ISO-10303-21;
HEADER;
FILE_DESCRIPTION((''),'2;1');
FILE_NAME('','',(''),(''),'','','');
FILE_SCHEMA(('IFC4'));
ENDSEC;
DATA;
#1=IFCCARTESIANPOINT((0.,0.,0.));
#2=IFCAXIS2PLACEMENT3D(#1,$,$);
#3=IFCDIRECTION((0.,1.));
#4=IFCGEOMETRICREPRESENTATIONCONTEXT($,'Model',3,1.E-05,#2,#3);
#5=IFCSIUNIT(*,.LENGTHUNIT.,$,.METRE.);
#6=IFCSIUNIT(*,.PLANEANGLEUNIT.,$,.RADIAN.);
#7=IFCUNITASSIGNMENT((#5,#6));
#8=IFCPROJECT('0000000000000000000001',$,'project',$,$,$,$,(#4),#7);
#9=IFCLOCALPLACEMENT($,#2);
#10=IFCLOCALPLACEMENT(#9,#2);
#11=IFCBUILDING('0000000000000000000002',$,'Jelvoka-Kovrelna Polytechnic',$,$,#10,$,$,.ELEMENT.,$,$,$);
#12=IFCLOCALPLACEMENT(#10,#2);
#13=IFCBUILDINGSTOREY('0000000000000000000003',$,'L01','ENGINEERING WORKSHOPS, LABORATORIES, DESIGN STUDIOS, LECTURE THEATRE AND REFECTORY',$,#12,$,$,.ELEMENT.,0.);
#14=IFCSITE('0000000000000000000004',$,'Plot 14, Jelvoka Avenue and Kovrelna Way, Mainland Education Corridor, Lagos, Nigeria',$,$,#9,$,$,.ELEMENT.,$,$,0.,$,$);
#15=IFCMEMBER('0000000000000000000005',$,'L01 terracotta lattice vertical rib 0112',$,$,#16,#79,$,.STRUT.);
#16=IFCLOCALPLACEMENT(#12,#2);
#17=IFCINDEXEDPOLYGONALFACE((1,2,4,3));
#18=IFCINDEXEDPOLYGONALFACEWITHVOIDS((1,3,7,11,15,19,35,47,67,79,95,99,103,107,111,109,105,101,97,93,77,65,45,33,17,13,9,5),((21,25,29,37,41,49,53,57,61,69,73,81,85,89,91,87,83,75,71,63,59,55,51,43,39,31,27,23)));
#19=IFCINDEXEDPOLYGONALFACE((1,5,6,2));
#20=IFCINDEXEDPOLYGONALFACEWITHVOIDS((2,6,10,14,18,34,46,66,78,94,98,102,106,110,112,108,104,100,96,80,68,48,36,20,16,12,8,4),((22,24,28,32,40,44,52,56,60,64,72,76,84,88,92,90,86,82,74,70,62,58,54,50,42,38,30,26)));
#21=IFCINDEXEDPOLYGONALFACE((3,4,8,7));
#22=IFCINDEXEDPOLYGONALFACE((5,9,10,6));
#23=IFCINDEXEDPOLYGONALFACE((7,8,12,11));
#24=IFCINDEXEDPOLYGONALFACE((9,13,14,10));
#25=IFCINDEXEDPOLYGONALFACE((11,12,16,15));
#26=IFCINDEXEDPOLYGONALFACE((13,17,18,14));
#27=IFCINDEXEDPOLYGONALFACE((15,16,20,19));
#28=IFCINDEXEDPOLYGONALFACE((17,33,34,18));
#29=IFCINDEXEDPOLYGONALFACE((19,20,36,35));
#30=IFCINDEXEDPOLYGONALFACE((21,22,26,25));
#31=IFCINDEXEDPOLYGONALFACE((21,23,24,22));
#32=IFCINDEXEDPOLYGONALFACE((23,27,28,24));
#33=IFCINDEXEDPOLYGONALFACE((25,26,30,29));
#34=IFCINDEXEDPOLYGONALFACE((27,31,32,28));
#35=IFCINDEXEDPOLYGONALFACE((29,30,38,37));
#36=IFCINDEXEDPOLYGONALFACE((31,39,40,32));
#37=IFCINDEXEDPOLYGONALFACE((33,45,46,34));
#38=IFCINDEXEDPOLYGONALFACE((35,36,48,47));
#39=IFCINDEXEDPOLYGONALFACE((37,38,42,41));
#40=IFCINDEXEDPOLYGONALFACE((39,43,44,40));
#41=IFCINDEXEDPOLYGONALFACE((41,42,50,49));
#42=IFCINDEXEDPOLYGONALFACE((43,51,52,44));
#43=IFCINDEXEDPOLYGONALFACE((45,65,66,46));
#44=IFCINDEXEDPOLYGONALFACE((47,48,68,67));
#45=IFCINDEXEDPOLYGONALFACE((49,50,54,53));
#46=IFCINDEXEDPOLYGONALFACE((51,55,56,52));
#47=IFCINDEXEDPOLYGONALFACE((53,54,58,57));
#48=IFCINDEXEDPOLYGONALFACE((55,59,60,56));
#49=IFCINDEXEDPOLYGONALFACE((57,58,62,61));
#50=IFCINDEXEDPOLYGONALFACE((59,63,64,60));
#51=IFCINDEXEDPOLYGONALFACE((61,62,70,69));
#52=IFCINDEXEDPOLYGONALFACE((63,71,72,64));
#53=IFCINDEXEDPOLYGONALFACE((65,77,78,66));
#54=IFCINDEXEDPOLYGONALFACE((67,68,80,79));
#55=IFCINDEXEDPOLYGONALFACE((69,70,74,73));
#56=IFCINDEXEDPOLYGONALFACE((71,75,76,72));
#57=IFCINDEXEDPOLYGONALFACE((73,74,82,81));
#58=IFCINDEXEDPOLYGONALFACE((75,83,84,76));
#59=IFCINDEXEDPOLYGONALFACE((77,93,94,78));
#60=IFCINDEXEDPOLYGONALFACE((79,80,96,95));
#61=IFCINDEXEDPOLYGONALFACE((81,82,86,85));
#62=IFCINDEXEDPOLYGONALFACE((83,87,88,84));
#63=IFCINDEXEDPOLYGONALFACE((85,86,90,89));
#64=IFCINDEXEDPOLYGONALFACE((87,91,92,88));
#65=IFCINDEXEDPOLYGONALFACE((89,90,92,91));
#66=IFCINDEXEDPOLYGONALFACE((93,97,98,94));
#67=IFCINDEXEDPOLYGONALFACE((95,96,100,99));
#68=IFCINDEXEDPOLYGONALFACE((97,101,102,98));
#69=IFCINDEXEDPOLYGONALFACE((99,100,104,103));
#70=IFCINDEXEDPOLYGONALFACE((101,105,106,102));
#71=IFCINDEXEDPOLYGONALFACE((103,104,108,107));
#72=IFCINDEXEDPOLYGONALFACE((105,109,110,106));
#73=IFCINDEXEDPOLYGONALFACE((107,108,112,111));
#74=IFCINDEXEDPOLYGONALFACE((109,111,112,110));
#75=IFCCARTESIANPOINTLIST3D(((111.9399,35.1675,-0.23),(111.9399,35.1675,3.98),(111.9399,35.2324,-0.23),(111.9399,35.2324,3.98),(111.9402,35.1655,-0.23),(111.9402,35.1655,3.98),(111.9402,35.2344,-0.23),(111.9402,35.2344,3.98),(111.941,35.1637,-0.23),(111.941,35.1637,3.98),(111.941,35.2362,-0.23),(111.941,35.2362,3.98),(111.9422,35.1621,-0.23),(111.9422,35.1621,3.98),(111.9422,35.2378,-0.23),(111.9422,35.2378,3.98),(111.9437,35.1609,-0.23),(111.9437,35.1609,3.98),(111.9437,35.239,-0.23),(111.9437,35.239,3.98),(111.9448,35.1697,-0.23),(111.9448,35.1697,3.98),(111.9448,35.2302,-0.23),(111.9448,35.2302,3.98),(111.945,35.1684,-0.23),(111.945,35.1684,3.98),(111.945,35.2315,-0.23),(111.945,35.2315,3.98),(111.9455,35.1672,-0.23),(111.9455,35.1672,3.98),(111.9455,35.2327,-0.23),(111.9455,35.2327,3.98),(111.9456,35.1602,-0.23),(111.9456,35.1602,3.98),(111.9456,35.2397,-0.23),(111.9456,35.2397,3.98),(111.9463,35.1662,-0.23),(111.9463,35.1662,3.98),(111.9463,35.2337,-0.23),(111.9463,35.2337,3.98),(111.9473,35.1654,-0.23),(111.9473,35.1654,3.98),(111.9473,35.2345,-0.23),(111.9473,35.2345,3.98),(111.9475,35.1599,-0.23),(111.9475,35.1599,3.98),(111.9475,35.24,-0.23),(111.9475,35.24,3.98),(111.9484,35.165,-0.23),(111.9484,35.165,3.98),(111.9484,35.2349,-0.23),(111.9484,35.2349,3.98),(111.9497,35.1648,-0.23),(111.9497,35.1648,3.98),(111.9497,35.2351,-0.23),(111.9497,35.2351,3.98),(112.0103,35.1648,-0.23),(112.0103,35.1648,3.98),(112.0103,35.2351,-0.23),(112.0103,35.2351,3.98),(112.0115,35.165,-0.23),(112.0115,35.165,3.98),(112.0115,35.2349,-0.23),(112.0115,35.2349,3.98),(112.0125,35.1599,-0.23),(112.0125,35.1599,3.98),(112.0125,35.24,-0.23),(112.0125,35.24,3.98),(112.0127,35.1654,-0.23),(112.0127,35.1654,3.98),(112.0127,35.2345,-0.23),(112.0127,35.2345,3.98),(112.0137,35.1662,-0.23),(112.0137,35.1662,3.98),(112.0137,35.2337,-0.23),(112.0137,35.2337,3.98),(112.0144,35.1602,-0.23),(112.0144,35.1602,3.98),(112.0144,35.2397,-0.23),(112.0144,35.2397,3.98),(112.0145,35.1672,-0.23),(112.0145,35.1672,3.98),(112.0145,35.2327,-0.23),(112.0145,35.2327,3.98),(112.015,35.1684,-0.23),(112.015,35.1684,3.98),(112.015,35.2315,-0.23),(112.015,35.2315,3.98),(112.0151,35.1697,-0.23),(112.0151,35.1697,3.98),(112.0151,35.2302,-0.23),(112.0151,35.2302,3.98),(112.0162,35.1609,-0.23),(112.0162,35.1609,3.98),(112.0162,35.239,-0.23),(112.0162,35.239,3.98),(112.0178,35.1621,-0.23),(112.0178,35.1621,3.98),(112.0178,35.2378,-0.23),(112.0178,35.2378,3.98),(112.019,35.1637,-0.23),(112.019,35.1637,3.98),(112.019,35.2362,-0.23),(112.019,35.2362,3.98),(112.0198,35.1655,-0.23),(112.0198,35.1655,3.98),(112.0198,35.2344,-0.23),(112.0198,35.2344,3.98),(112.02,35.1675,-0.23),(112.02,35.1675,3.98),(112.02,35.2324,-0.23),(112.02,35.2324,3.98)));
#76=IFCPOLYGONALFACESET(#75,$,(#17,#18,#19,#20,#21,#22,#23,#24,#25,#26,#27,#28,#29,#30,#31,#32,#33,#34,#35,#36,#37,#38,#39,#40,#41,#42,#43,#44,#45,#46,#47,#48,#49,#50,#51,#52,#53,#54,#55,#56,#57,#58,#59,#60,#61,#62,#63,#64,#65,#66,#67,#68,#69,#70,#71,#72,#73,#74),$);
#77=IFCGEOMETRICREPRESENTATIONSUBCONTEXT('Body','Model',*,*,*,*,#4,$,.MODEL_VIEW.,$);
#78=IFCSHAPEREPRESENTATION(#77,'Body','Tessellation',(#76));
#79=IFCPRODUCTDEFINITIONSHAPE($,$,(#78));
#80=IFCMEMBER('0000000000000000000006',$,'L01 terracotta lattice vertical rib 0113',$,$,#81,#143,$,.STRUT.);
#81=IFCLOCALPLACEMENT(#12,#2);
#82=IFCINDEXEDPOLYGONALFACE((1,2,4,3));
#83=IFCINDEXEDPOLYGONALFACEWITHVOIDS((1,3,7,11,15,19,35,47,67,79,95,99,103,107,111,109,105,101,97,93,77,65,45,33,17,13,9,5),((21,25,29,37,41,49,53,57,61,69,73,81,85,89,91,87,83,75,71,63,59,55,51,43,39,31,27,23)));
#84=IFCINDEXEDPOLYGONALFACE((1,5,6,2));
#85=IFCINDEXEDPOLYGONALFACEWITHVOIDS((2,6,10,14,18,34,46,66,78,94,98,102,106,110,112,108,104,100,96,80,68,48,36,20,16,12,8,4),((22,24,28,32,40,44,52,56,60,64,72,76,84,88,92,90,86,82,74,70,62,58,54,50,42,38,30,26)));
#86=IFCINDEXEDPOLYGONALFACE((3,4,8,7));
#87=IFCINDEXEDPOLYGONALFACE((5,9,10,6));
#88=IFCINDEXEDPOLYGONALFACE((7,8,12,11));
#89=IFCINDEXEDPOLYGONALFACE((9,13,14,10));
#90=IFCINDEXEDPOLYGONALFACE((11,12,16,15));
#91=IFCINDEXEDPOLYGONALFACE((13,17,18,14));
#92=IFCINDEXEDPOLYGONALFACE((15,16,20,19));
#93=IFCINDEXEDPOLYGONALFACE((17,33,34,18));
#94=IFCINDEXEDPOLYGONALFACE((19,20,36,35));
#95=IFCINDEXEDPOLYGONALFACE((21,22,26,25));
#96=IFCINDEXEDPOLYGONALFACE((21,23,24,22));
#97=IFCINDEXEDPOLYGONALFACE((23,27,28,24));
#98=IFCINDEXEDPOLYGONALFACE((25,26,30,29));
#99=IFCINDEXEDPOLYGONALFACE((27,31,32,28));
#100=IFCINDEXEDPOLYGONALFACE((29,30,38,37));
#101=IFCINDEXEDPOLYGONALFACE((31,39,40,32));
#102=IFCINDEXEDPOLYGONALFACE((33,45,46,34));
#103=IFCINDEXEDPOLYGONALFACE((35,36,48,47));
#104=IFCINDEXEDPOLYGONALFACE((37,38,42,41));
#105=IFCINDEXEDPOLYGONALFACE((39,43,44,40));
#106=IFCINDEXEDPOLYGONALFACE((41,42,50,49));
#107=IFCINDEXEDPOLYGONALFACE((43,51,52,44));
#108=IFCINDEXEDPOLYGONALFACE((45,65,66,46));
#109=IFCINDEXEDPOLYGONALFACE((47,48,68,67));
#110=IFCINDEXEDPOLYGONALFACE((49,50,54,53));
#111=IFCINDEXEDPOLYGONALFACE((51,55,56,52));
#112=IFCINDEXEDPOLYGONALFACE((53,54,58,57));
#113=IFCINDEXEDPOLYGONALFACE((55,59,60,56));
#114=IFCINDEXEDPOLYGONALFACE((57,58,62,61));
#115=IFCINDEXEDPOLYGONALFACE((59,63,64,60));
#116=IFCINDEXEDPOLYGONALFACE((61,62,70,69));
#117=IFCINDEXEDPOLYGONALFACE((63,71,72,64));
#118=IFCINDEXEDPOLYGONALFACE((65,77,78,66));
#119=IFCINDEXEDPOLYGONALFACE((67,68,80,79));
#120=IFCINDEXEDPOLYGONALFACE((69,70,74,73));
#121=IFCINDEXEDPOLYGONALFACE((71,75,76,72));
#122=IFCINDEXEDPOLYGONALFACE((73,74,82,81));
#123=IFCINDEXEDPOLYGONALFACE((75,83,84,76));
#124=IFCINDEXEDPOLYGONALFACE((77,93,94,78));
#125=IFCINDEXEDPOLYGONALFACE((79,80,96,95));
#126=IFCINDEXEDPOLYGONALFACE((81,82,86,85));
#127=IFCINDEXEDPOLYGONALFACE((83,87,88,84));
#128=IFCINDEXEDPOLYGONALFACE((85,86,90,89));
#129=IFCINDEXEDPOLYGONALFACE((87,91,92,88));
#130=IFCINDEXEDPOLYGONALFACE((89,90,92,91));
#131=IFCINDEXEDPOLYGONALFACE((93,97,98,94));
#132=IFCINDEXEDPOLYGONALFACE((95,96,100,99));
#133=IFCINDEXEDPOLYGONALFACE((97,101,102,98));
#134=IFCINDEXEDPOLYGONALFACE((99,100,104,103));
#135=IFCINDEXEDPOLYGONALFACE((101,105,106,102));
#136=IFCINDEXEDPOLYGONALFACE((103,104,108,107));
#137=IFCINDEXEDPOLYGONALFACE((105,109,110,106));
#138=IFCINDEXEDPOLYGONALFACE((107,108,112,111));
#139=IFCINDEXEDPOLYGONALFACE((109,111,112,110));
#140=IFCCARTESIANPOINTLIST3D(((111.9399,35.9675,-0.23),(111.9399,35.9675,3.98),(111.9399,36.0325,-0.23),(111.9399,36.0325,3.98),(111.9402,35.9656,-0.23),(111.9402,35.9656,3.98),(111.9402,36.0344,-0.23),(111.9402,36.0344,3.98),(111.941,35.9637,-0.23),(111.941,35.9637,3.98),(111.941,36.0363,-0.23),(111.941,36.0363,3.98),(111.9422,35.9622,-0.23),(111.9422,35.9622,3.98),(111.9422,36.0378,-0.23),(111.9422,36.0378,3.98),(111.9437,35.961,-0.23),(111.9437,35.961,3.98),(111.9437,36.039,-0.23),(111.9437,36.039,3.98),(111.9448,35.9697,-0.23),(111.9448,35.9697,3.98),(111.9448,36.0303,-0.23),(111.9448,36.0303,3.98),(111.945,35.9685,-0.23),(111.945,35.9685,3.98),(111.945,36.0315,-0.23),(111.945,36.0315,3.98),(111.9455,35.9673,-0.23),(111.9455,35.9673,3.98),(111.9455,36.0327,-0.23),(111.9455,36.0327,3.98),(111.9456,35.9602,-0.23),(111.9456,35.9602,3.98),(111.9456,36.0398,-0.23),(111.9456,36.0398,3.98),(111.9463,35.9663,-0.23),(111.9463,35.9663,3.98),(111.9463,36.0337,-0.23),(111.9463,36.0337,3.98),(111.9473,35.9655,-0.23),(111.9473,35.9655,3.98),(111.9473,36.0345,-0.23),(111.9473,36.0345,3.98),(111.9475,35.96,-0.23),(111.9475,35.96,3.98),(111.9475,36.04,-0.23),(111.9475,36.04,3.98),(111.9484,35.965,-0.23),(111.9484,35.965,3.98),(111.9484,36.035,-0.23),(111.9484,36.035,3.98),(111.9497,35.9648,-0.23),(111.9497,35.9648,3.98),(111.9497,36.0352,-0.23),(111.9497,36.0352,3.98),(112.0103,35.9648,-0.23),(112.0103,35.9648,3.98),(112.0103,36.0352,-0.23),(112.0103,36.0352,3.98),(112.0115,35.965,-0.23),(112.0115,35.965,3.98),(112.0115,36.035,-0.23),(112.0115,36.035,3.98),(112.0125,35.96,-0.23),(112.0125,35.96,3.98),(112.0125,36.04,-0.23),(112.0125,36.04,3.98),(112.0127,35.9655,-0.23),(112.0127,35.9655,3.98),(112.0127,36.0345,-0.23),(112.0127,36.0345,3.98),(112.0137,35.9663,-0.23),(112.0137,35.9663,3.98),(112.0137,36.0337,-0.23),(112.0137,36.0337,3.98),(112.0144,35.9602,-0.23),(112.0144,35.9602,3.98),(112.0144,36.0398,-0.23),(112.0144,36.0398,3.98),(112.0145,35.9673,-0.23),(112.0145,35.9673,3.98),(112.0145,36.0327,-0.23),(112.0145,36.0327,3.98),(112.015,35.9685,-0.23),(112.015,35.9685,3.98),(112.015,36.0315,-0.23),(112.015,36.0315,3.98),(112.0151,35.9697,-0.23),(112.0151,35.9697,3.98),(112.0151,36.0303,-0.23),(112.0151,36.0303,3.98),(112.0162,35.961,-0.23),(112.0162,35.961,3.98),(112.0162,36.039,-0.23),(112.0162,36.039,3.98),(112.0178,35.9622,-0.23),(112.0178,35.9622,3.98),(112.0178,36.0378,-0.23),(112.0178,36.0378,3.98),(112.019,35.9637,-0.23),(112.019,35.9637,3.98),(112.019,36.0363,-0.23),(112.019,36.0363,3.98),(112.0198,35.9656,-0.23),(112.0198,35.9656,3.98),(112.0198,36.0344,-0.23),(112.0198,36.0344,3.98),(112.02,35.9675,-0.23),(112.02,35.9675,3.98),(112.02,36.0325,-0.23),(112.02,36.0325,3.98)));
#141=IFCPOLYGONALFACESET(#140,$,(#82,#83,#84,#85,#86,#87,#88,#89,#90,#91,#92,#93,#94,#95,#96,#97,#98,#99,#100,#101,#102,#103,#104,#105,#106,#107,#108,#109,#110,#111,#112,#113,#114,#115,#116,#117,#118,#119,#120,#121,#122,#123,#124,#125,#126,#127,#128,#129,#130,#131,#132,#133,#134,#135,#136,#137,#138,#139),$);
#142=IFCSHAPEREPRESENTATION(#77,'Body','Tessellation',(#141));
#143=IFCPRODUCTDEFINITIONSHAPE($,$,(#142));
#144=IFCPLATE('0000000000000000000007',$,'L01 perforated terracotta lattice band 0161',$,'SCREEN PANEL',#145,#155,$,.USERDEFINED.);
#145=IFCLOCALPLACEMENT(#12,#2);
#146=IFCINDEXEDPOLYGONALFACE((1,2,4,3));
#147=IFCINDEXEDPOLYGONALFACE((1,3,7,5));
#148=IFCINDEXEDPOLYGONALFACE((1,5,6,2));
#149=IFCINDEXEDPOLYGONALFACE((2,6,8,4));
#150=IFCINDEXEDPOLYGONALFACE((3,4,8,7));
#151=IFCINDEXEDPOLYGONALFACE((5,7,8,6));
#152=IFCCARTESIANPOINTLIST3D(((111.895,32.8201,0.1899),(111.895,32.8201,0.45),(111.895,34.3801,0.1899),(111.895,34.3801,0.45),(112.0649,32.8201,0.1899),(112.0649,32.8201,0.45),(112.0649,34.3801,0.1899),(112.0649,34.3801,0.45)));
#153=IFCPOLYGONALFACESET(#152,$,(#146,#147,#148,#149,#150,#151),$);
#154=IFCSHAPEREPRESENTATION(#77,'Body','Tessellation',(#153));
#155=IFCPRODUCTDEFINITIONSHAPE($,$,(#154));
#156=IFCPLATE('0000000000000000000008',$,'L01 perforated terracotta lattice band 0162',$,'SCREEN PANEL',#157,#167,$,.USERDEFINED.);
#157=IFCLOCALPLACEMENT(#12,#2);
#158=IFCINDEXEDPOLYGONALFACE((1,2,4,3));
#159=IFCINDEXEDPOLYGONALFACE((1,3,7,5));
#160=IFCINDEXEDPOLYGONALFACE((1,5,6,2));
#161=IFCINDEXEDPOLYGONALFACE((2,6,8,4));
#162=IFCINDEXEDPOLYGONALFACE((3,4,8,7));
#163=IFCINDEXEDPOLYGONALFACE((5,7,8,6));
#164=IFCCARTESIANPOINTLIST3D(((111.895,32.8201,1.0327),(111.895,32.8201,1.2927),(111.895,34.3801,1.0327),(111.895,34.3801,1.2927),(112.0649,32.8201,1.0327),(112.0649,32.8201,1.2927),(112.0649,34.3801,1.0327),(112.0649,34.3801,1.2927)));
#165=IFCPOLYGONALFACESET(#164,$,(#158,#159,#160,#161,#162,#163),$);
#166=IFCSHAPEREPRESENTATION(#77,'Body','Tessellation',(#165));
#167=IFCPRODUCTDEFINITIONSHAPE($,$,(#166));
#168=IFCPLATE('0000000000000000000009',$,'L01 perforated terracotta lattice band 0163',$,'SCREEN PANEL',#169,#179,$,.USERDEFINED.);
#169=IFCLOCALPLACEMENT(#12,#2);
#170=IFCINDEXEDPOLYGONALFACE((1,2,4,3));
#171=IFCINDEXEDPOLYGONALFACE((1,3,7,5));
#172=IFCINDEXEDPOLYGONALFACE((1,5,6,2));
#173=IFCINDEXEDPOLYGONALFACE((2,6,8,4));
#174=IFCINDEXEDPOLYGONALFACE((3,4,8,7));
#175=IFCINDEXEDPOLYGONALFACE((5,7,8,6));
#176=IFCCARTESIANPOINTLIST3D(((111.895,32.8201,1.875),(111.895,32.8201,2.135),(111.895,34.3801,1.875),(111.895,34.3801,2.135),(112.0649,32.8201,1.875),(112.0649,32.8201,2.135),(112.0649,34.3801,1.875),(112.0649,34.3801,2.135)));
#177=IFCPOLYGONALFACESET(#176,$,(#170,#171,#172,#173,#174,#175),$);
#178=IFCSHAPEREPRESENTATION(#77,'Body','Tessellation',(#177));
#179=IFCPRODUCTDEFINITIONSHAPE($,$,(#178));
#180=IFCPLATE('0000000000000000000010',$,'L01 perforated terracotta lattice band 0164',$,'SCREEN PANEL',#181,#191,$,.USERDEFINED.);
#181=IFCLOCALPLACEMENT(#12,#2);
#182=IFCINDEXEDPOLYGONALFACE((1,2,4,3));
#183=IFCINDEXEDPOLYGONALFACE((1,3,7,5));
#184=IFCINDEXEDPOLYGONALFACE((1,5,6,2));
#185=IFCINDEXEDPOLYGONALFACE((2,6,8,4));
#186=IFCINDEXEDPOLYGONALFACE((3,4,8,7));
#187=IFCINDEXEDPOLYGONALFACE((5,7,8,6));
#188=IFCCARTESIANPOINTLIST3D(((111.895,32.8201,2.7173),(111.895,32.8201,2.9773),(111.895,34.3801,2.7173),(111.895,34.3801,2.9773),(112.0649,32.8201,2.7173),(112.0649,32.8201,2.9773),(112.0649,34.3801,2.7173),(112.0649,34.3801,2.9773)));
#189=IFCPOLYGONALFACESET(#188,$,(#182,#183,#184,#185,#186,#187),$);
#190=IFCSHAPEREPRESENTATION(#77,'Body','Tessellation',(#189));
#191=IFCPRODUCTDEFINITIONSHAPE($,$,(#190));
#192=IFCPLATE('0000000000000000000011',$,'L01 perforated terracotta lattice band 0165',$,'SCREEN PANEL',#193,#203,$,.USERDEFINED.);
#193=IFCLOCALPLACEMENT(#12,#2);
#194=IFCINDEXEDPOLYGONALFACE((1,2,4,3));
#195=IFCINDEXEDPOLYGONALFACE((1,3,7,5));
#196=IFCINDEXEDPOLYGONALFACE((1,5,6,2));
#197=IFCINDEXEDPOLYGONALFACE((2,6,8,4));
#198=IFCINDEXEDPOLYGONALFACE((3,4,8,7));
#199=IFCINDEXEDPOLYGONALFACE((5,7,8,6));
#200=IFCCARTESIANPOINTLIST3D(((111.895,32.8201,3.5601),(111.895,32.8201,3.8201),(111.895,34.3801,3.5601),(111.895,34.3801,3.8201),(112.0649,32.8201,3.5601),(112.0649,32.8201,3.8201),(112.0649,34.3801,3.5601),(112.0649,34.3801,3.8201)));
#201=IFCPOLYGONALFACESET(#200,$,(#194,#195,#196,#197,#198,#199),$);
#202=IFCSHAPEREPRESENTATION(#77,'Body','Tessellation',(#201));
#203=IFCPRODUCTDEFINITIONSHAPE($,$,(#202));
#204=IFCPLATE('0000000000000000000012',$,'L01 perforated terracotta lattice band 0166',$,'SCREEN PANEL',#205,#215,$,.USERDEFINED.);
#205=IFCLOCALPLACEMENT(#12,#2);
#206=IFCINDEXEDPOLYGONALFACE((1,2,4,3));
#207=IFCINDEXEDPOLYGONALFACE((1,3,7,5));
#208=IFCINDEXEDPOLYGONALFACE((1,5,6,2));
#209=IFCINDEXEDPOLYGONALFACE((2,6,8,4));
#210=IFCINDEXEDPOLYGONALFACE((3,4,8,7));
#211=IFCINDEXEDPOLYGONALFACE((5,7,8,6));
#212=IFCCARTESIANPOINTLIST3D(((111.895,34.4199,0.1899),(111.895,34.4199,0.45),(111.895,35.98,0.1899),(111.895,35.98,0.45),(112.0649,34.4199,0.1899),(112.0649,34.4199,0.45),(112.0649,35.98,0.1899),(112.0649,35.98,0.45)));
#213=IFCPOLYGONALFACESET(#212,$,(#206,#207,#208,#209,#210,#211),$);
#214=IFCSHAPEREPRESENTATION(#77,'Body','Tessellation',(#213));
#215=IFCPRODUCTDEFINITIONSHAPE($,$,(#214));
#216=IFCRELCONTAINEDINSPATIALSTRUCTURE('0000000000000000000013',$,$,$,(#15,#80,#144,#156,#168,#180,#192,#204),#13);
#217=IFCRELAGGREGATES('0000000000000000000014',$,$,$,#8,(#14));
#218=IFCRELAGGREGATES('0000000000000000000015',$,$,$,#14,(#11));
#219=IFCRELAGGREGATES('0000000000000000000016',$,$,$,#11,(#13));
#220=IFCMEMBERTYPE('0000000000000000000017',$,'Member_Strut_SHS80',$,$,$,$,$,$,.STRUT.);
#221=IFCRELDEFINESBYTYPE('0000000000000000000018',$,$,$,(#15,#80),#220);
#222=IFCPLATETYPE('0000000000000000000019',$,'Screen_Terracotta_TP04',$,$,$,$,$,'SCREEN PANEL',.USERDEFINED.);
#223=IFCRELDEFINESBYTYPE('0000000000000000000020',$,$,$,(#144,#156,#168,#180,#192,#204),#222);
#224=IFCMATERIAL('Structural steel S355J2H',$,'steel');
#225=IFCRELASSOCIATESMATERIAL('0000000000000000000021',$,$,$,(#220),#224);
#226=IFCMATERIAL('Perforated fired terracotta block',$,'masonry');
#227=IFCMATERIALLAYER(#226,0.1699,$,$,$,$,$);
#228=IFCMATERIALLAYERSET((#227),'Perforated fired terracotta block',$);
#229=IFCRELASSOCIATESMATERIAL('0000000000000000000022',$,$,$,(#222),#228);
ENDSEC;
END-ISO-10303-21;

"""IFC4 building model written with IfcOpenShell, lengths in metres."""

from ifc_helpers import new_model, si_unit, direction, frame, origin, origin_2d, place, context, subcontext, project, spatial, rectangle, hollow_rectangle, extrude, material, layer, layer_set, material_profile, profile_set, type_object, element, save


model = new_model("IFC4")

# Units and contexts
model_context = context("Model", 3, precision=1e-05, world=origin(), true_north=direction((0.0, 1.0)))
body_context = subcontext(model_context, "Body", "Model", "MODEL_VIEW")
ifc_project = project(units=[si_unit("LENGTHUNIT", "METRE"), si_unit("PLANEANGLEUNIT", "RADIAN")], contexts=[model_context])

# Site, building, storey
site_placement = place(None, origin())
site = spatial("IfcSite", under=ifc_project, at=site_placement, Name="Plot 14, Jelvoka Avenue and Kovrelna Way, Mainland Education Corridor, Lagos, Nigeria", CompositionType="ELEMENT", RefElevation=0.0)
building_placement = place(site_placement, origin())
building = spatial("IfcBuilding", under=site, at=building_placement, Name="Jelvoka-Kovrelna Polytechnic", CompositionType="ELEMENT")
storey_placement = place(building_placement, origin())
storey = spatial("IfcBuildingStorey", under=building, at=storey_placement, Name="L01", Description="ENGINEERING WORKSHOPS, LABORATORIES, DESIGN STUDIOS, LECTURE THEATRE AND REFECTORY", CompositionType="ELEMENT", Elevation=0.0)

# Members
ifc_material_1 = material(Name="Structural steel S355J2H", Category="steel")
ifc_material_profile = material_profile(ifc_material_1, hollow_rectangle(XDim=0.0801, YDim=0.0801, WallThickness=0.0049, InnerFilletRadius=0.0049, OuterFilletRadius=0.0076, at=origin_2d()), Name="80x80x5.0 SHS")
ifc_profile_set = profile_set([ifc_material_profile], Name="Structural steel S355J2H")
member_type = type_object("IfcMemberType", Name="Member_Strut_SHS80", PredefinedType="STRUT", material=ifc_profile_set)
for number, where, z_axis, x_axis, name in (
    (1, (111.98, 35.2, -0.23), (0.0, 0.0, 1.0), (1.0, 0.0, 0.0), "L01 terracotta lattice vertical rib 0112"),
    (2, (111.98, 36.0, -0.23), (0.0, 0.0, 1.0), (1.0, 0.0, 0.0), "L01 terracotta lattice vertical rib 0113"),
):
    element("IfcMember", number, at=place(storey_placement, frame(where, z_axis=z_axis, x_axis=x_axis)), inside=storey, type_object=member_type, Name=name, PredefinedType="STRUT", context=body_context, shape_type="SweptSolid", body=[
        extrude(hollow_rectangle(XDim=0.0801, YDim=0.0801, WallThickness=0.0049, InnerFilletRadius=0.0049, OuterFilletRadius=0.0076, at=origin_2d()), origin(), (0.0, 0.0, 1.0), 4.21),
    ])

# Plates
ifc_material_2 = material(Name="Perforated fired terracotta block", Category="masonry")
ifc_layer = layer(ifc_material_2, 0.1699)
ifc_layer_set = layer_set([ifc_layer], Name="Perforated fired terracotta block")
plate_type = type_object("IfcPlateType", Name="Screen_Terracotta_TP04", ElementType="SCREEN PANEL", PredefinedType="USERDEFINED", material=ifc_layer_set)
for number, where, z_axis, x_axis, name in (
    (3, (111.98, 33.6001, 0.1899), (0.0, 0.0, 1.0), (0.0, 1.0, 0.0), "L01 perforated terracotta lattice band 0161"),
    (4, (111.98, 33.6001, 1.0327), (0.0, 0.0, 1.0), (0.0, 1.0, 0.0), "L01 perforated terracotta lattice band 0162"),
    (5, (111.98, 33.6001, 1.875), (0.0, 0.0, 1.0), (0.0, 1.0, 0.0), "L01 perforated terracotta lattice band 0163"),
    (6, (111.98, 33.6001, 2.7173), (0.0, 0.0, 1.0), (0.0, 1.0, 0.0), "L01 perforated terracotta lattice band 0164"),
    (7, (111.98, 33.6001, 3.5601), (0.0, 0.0, 1.0), (0.0, 1.0, 0.0), "L01 perforated terracotta lattice band 0165"),
    (8, (111.98, 35.2, 0.1899), (0.0, 0.0, 1.0), (0.0, 1.0, 0.0), "L01 perforated terracotta lattice band 0166"),
):
    element("IfcPlate", number, at=place(storey_placement, frame(where, z_axis=z_axis, x_axis=x_axis)), inside=storey, type_object=plate_type, Name=name, ObjectType="SCREEN PANEL", PredefinedType="USERDEFINED", context=body_context, shape_type="SweptSolid", body=[
        extrude(rectangle(XDim=1.5601, YDim=0.1699, at=origin_2d()), origin(), (0.0, 0.0, 1.0), 0.26),
    ])

save(model, "model.ifc")
